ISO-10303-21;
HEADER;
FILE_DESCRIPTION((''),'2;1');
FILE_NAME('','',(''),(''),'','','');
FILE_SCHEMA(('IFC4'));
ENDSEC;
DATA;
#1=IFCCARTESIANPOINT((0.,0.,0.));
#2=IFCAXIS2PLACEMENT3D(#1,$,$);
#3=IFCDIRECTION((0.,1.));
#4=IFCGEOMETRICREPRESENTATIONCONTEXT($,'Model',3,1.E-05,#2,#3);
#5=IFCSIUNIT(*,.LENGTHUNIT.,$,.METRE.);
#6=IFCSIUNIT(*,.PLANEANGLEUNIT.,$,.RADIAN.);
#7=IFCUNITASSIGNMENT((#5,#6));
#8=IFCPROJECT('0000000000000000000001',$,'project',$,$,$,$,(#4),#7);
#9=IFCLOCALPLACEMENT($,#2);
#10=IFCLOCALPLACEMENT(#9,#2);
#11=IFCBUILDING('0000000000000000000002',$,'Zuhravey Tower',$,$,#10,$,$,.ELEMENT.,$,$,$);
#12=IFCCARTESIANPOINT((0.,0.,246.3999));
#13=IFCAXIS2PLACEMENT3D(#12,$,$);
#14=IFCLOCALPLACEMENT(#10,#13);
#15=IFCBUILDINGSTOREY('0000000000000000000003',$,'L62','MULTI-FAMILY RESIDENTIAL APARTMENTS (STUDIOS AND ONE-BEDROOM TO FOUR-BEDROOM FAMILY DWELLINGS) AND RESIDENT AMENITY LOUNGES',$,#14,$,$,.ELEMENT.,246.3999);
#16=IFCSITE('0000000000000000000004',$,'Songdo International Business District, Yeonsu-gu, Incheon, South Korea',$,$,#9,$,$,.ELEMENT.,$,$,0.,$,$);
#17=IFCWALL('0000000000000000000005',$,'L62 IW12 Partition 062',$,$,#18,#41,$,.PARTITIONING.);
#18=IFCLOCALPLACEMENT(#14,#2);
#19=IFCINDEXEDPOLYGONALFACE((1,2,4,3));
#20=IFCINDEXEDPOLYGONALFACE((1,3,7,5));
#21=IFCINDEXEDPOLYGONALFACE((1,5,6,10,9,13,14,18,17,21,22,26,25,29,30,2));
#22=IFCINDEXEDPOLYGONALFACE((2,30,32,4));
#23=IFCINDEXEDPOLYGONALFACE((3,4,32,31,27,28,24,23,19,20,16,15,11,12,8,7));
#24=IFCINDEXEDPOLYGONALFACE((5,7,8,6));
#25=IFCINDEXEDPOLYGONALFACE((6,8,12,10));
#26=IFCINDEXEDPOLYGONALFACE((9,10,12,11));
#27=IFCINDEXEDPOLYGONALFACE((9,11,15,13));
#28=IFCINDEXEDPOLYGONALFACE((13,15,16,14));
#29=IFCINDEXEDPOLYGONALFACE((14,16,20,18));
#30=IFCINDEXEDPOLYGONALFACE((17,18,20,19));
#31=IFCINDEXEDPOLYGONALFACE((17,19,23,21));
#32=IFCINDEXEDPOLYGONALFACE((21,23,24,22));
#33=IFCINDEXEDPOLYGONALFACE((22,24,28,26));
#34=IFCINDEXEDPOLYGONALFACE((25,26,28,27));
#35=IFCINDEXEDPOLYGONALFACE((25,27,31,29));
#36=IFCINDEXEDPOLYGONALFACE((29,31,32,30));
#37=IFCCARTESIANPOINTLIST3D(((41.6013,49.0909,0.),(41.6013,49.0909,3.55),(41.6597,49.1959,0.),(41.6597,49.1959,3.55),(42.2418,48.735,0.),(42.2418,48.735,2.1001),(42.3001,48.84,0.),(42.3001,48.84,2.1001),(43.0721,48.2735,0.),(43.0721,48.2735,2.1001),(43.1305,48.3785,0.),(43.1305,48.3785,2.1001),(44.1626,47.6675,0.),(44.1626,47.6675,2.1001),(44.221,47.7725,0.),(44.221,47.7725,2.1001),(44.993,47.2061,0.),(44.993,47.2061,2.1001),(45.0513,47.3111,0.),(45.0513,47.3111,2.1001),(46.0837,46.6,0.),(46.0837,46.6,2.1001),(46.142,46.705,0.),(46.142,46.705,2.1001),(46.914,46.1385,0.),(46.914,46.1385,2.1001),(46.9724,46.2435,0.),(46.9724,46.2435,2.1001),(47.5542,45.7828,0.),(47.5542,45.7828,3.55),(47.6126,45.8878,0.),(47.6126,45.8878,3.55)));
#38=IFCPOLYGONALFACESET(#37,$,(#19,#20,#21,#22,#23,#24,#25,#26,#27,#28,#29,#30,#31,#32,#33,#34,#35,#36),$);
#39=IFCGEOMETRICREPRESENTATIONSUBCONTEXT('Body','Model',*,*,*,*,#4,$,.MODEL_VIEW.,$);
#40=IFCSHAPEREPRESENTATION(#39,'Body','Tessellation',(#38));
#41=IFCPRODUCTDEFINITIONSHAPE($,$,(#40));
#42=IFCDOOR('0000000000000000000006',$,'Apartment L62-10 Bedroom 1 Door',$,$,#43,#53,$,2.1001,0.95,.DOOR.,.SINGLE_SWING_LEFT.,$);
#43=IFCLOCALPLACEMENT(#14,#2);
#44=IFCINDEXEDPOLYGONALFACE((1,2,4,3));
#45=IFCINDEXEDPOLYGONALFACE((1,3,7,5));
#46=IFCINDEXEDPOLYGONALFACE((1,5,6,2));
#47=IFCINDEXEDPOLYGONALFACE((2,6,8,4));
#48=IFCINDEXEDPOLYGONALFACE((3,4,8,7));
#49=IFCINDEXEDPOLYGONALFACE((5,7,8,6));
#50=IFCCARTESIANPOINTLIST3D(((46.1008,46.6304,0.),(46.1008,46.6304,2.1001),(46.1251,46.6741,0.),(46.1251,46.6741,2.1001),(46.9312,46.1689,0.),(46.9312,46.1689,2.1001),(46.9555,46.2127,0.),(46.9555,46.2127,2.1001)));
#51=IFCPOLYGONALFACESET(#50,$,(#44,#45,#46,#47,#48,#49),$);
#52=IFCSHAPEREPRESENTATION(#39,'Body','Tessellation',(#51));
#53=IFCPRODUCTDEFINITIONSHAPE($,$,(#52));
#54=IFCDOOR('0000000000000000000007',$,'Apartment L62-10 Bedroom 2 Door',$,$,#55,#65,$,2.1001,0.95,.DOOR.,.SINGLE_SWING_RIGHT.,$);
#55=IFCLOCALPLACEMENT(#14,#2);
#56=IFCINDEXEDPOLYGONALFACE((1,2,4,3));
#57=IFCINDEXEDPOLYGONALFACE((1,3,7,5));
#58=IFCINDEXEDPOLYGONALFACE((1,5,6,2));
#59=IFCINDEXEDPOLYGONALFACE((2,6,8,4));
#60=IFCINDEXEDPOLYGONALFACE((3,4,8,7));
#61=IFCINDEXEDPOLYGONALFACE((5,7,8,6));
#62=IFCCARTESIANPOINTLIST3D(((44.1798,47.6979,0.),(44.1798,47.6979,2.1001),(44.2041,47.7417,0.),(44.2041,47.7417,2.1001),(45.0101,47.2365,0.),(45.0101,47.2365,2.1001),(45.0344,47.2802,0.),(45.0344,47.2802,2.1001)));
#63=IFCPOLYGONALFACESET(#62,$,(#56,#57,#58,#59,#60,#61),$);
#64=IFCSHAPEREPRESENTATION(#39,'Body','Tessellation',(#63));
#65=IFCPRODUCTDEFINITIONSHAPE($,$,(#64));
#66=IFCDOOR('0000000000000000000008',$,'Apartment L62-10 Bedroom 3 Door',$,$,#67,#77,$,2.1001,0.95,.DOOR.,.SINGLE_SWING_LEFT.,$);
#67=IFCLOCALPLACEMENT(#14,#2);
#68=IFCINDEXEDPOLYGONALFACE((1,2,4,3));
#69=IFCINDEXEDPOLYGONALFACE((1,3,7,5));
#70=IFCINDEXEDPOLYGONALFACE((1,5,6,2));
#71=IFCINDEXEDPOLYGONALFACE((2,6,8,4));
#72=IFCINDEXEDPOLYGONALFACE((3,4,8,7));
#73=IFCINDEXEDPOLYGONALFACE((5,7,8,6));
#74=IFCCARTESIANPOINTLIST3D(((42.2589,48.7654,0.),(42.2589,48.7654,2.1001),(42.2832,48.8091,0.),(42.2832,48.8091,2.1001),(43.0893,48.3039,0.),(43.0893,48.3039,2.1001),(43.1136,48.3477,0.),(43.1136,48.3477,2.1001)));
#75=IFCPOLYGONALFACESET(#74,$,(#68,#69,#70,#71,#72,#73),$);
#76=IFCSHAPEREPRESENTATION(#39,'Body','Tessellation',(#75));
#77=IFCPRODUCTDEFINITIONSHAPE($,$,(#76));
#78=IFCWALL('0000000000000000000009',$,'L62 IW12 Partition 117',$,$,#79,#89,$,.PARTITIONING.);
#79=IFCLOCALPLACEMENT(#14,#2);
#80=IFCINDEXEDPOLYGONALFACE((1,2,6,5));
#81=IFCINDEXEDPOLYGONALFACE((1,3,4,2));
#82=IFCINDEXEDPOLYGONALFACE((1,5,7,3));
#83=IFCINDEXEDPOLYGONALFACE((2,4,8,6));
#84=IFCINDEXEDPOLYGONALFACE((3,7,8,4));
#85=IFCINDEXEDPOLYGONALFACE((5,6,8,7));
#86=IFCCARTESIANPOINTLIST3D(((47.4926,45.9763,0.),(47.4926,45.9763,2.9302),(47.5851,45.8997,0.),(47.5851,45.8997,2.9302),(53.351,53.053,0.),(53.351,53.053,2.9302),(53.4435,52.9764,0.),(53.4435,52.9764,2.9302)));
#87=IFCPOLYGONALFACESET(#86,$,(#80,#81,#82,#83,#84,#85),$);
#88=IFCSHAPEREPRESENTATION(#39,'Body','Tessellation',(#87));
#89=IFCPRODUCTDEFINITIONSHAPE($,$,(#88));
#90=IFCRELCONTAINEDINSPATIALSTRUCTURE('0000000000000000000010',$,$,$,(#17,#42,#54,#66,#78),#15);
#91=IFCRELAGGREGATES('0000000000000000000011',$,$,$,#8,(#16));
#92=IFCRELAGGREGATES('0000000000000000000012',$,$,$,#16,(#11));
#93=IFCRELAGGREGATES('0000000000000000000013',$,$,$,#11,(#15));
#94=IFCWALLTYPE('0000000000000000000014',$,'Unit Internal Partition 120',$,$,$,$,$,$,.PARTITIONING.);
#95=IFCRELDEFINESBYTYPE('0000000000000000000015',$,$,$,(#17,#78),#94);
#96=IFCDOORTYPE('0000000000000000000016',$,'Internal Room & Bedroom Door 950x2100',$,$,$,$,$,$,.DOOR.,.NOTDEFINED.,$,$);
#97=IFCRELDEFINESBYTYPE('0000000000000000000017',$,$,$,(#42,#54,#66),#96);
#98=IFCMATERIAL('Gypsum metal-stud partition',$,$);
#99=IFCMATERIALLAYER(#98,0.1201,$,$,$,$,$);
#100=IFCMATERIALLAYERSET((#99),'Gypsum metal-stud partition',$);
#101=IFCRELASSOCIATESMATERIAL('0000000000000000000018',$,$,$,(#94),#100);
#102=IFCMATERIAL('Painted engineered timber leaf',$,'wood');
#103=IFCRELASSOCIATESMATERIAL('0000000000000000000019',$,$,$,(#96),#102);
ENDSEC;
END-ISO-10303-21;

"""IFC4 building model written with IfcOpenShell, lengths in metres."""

from ifc_helpers import new_model, si_unit, direction, frame, frame_2d, origin, place, context, subcontext, project, spatial, rectangle, extrude, material, layer, layer_set, type_object, element, fill, save


model = new_model("IFC4")

# Units and contexts
model_context = context("Model", 3, precision=1e-05, world=origin(), true_north=direction((0.0, 1.0)))
body_context = subcontext(model_context, "Body", "Model", "MODEL_VIEW")
ifc_project = project(units=[si_unit("LENGTHUNIT", "METRE"), si_unit("PLANEANGLEUNIT", "RADIAN")], contexts=[model_context])

# Site, building, storey
site_placement = place(None, origin())
site = spatial("IfcSite", under=ifc_project, at=site_placement, Name="Songdo International Business District, Yeonsu-gu, Incheon, South Korea", CompositionType="ELEMENT", RefElevation=0.0)
building_placement = place(site_placement, origin())
building = spatial("IfcBuilding", under=site, at=building_placement, Name="Zuhravey Tower", CompositionType="ELEMENT")
storey_placement = place(building_placement, frame((0.0, 0.0, 246.3999)))
storey = spatial("IfcBuildingStorey", under=building, at=storey_placement, Name="L62", Description="MULTI-FAMILY RESIDENTIAL APARTMENTS (STUDIOS AND ONE-BEDROOM TO FOUR-BEDROOM FAMILY DWELLINGS) AND RESIDENT AMENITY LOUNGES", CompositionType="ELEMENT", Elevation=246.3999)

# Wall, openings, doors
ifc_material_1 = material(Name="Gypsum metal-stud partition")
ifc_layer_1 = layer(ifc_material_1, 0.1201)
ifc_layer_set_1 = layer_set([ifc_layer_1], Name="Gypsum metal-stud partition")
wall_type_1 = type_object("IfcWallType", Name="Unit Internal Partition 120", PredefinedType="PARTITIONING", material=ifc_layer_set_1)
wall_1_placement = place(storey_placement, frame((47.5835, 45.8352, 0.0), z_axis=(0.0, 0.0, 1.0), x_axis=(-0.874098, 0.485749, 0.0)))
wall_1 = element("IfcWall", 1, at=wall_1_placement, inside=storey, type_object=wall_type_1, Name="L62 IW12 Partition 062", PredefinedType="PARTITIONING", context=body_context, shape_type="SweptSolid", body=[
    extrude(rectangle(XDim=6.8103, YDim=0.1201, at=frame_2d((3.4053, 0.0))), origin(), (0.0, 0.0, 1.0), 3.55),
])
opening_1_placement = place(wall_1_placement, frame((0.7324, 0.0, 0.0)))
opening_1 = element("IfcOpeningElement", 2, at=opening_1_placement, cuts=wall_1, PredefinedType="OPENING", context=body_context, shape_type="SweptSolid", body=[
    extrude(rectangle(XDim=0.95, YDim=2.1001, at=frame_2d((0.4751, 1.05))), frame((0.0, 0.072, 0.0), z_axis=(0.0, -1.0, 0.0), x_axis=(1.0, 0.0, 0.0)), (0.0, 0.0, 1.0), 0.144),
])
opening_2_placement = place(wall_1_placement, frame((2.9302, 0.0, 0.0)))
opening_2 = element("IfcOpeningElement", 3, at=opening_2_placement, cuts=wall_1, PredefinedType="OPENING", context=body_context, shape_type="SweptSolid", body=[
    extrude(rectangle(XDim=0.95, YDim=2.1001, at=frame_2d((0.4751, 1.05))), frame((0.0, 0.072, 0.0), z_axis=(0.0, -1.0, 0.0), x_axis=(1.0, 0.0, 0.0)), (0.0, 0.0, 1.0), 0.144),
])
opening_3_placement = place(wall_1_placement, frame((5.1277, 0.0, 0.0)))
opening_3 = element("IfcOpeningElement", 4, at=opening_3_placement, cuts=wall_1, PredefinedType="OPENING", context=body_context, shape_type="SweptSolid", body=[
    extrude(rectangle(XDim=0.95, YDim=2.1001, at=frame_2d((0.4751, 1.05))), frame((0.0, 0.072, 0.0), z_axis=(0.0, -1.0, 0.0), x_axis=(1.0, 0.0, 0.0)), (0.0, 0.0, 1.0), 0.144),
])
ifc_material_2 = material(Name="Painted engineered timber leaf", Category="wood")
door_type_1 = type_object("IfcDoorType", Name="Internal Room & Bedroom Door 950x2100", OperationType="NOTDEFINED", PredefinedType="DOOR", material=ifc_material_2)
door_1_placement = place(opening_1_placement, frame((0.95, 0.0, 0.0), z_axis=(0.0, 0.0, 1.0), x_axis=(-1.0, 0.0, 0.0)))
door_1 = element("IfcDoor", 5, at=door_1_placement, inside=storey, type_object=door_type_1, Name="Apartment L62-10 Bedroom 1 Door", OperationType="SINGLE_SWING_LEFT", OverallHeight=2.1001, OverallWidth=0.95, PredefinedType="DOOR", context=body_context, shape_type="SweptSolid", body=[
    extrude(rectangle(XDim=0.95, YDim=2.1001, at=frame_2d((0.4751, 1.05))), frame((0.0, 0.0249, 0.0), z_axis=(0.0, -1.0, 0.0), x_axis=(1.0, 0.0, 0.0)), (0.0, 0.0, 1.0), 0.05),
])
fill(opening_1, door_1)
door_2_placement = place(opening_2_placement, frame((0.95, 0.0, 0.0), z_axis=(0.0, 0.0, 1.0), x_axis=(-1.0, 0.0, 0.0)))
door_2 = element("IfcDoor", 6, at=door_2_placement, inside=storey, type_object=door_type_1, Name="Apartment L62-10 Bedroom 2 Door", OperationType="SINGLE_SWING_RIGHT", OverallHeight=2.1001, OverallWidth=0.95, PredefinedType="DOOR", context=body_context, shape_type="SweptSolid", body=[
    extrude(rectangle(XDim=0.95, YDim=2.1001, at=frame_2d((0.4751, 1.05))), frame((0.0, 0.0249, 0.0), z_axis=(0.0, -1.0, 0.0), x_axis=(1.0, 0.0, 0.0)), (0.0, 0.0, 1.0), 0.05),
])
fill(opening_2, door_2)
door_3_placement = place(opening_3_placement, frame((0.95, 0.0, 0.0), z_axis=(0.0, 0.0, 1.0), x_axis=(-1.0, 0.0, 0.0)))
door_3 = element("IfcDoor", 7, at=door_3_placement, inside=storey, type_object=door_type_1, Name="Apartment L62-10 Bedroom 3 Door", OperationType="SINGLE_SWING_LEFT", OverallHeight=2.1001, OverallWidth=0.95, PredefinedType="DOOR", context=body_context, shape_type="SweptSolid", body=[
    extrude(rectangle(XDim=0.95, YDim=2.1001, at=frame_2d((0.4751, 1.05))), frame((0.0, 0.0249, 0.0), z_axis=(0.0, -1.0, 0.0), x_axis=(1.0, 0.0, 0.0)), (0.0, 0.0, 1.0), 0.05),
])
fill(opening_3, door_3)

# Wall
wall_2_placement = place(storey_placement, frame((47.5388, 45.938, 0.0), z_axis=(0.0, 0.0, 1.0), x_axis=(0.637687, 0.770295, 0.0)))
element("IfcWall", 8, at=wall_2_placement, inside=storey, type_object=wall_type_1, Name="L62 IW12 Partition 117", PredefinedType="PARTITIONING", context=body_context, shape_type="SweptSolid", body=[
    extrude(rectangle(XDim=9.187, YDim=0.1201, at=frame_2d((4.5935, 0.0))), origin(), (0.0, 0.0, 1.0), 2.9302),
])

save(model, "model.ifc")
